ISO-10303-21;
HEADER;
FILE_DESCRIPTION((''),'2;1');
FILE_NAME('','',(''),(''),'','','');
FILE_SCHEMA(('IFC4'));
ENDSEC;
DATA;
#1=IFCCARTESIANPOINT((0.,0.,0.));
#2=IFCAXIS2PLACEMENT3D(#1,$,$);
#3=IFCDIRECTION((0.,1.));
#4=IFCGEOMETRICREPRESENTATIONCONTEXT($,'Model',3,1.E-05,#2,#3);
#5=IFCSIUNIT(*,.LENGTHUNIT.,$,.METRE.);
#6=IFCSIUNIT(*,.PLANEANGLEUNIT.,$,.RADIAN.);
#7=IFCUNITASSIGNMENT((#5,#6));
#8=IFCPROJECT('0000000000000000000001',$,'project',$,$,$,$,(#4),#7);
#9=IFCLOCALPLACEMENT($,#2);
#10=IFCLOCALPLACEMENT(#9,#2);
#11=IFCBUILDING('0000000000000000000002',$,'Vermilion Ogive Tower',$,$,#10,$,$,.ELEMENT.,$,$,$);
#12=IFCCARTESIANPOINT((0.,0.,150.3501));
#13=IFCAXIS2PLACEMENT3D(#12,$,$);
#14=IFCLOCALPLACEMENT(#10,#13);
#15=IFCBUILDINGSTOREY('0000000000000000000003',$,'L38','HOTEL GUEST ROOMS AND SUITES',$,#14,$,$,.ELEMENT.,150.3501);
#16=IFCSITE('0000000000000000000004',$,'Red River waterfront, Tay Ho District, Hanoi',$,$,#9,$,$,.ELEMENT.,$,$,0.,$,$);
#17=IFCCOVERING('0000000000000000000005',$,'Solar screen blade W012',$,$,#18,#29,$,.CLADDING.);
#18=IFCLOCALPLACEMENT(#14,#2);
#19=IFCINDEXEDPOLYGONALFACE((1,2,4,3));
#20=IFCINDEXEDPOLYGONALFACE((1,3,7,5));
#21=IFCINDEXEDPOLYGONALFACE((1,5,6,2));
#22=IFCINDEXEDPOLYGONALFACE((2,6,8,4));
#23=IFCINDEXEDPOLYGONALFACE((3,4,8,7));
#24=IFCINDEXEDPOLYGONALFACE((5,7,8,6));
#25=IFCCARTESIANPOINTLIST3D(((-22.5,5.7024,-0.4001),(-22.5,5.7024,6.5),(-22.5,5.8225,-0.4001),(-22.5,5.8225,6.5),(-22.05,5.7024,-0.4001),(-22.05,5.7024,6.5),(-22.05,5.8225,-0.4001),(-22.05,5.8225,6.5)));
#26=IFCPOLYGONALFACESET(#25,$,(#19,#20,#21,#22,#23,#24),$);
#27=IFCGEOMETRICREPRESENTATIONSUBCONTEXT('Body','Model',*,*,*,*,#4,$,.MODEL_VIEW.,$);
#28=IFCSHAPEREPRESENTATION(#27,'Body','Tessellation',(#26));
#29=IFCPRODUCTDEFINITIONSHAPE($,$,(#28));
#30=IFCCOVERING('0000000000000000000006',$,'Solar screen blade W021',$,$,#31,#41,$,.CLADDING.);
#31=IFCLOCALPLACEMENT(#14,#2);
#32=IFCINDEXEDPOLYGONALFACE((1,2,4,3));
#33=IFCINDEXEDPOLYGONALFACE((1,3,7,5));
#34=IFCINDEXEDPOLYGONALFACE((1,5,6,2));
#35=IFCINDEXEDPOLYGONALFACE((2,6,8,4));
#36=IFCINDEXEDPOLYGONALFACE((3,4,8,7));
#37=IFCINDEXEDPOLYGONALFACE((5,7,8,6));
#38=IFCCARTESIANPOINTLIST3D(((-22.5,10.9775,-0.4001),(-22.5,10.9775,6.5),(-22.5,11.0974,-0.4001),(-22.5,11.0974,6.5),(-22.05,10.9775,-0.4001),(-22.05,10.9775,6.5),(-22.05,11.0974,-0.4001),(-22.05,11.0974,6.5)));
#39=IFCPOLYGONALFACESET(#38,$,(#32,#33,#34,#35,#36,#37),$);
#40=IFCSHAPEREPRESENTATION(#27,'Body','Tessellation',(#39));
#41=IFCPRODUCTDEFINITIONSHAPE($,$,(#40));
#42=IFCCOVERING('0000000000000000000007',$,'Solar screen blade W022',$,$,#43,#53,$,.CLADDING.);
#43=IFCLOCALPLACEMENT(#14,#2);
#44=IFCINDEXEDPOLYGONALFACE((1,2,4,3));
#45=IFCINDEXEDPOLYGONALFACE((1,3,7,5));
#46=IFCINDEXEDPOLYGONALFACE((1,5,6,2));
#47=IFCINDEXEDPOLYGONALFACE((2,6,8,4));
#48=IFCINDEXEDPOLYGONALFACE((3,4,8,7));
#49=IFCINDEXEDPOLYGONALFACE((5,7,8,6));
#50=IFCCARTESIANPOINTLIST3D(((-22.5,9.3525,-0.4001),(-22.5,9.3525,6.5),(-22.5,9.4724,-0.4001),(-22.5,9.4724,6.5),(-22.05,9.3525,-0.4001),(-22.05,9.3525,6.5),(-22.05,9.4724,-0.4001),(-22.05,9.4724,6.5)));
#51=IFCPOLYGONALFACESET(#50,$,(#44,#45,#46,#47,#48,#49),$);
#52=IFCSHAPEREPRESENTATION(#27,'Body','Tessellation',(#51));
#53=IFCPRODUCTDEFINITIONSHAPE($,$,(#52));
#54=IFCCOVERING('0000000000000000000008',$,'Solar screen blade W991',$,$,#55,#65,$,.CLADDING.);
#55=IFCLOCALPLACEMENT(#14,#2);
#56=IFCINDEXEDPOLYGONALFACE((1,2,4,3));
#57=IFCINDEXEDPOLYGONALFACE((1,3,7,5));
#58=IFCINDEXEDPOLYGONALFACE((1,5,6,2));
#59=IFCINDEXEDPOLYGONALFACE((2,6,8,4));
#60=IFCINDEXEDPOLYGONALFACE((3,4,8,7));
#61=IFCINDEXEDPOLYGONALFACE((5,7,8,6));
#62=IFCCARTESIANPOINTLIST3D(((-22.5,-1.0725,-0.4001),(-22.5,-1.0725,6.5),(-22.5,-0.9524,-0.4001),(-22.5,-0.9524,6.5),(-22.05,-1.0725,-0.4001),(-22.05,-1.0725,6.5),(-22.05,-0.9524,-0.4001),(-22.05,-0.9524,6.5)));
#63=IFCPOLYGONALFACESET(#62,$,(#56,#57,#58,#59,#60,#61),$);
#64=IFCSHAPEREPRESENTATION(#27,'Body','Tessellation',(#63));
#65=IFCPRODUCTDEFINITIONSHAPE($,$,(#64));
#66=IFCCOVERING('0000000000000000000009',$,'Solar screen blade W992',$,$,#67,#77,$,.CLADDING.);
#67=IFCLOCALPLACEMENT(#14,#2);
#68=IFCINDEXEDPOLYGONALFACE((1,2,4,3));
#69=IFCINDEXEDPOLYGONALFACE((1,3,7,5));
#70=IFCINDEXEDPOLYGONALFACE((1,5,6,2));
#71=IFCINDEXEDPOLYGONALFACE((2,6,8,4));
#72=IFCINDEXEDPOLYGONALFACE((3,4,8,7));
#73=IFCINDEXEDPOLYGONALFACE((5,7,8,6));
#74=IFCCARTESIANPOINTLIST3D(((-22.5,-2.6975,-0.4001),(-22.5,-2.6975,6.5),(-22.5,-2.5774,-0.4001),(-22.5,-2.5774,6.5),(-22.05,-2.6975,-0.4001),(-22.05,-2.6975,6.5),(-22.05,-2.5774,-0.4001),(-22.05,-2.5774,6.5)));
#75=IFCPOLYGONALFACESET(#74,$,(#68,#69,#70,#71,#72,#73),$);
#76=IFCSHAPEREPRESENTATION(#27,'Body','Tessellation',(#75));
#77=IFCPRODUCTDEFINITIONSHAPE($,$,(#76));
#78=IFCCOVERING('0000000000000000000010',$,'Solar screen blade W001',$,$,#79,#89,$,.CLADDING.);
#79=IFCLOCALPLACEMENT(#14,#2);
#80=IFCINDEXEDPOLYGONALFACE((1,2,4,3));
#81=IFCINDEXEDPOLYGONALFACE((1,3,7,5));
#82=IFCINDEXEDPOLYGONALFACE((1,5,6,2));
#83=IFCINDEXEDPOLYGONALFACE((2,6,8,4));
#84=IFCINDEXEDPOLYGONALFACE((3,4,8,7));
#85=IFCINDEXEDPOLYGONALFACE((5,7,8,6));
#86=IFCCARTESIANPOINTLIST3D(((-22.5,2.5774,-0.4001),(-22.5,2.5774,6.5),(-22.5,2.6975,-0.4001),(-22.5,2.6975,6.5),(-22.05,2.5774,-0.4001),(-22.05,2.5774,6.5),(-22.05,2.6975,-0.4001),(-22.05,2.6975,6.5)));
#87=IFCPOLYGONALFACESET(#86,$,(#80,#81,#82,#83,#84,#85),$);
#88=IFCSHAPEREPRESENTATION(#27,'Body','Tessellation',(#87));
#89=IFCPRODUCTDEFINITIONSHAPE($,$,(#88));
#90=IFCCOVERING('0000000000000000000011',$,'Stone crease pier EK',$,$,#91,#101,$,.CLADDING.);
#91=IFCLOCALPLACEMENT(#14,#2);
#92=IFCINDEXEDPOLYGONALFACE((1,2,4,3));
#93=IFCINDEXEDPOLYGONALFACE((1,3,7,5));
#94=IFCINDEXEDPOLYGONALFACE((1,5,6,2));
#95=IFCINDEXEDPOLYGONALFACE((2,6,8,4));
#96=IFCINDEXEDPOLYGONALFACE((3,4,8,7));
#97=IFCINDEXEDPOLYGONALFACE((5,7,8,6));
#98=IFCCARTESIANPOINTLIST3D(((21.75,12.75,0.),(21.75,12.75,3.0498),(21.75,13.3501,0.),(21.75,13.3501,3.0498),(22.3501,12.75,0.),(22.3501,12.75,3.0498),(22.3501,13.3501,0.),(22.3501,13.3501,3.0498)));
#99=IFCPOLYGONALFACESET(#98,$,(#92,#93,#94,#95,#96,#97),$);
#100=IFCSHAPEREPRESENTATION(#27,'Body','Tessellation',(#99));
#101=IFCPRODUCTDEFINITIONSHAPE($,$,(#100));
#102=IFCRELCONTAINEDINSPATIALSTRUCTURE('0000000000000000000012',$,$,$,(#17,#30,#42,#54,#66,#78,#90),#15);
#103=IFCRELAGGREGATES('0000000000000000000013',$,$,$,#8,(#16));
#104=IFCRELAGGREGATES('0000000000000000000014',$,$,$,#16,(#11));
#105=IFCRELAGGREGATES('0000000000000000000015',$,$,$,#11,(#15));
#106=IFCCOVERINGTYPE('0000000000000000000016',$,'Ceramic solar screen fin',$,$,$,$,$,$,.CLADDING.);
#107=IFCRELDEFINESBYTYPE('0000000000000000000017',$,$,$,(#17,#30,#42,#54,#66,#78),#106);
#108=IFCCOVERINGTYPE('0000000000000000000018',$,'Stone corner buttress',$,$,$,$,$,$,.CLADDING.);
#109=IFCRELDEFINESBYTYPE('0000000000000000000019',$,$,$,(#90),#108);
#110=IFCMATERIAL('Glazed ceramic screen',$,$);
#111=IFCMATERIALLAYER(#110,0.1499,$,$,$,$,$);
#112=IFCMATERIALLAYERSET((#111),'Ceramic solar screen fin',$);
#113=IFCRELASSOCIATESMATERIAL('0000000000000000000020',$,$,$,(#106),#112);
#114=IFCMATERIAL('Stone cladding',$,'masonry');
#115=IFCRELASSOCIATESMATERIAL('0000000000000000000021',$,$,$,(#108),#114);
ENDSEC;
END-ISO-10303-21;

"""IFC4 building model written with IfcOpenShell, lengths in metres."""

from ifc_helpers import new_model, si_unit, direction, frame, origin, place, context, subcontext, project, spatial, polyline, outline, extrude, material, layer, layer_set, type_object, element, save


model = new_model("IFC4")

# Units and contexts
model_context = context("Model", 3, precision=1e-05, world=origin(), true_north=direction((0.0, 1.0)))
body_context = subcontext(model_context, "Body", "Model", "MODEL_VIEW")
ifc_project = project(units=[si_unit("LENGTHUNIT", "METRE"), si_unit("PLANEANGLEUNIT", "RADIAN")], contexts=[model_context])

# Site, building, storey
site_placement = place(None, origin())
site = spatial("IfcSite", under=ifc_project, at=site_placement, Name="Red River waterfront, Tay Ho District, Hanoi", CompositionType="ELEMENT", RefElevation=0.0)
building_placement = place(site_placement, origin())
building = spatial("IfcBuilding", under=site, at=building_placement, Name="Vermilion Ogive Tower", CompositionType="ELEMENT")
storey_placement = place(building_placement, frame((0.0, 0.0, 150.3501)))
storey = spatial("IfcBuildingStorey", under=building, at=storey_placement, Name="L38", Description="HOTEL GUEST ROOMS AND SUITES", CompositionType="ELEMENT", Elevation=150.3501)

# Coverings
ifc_material_1 = material(Name="Glazed ceramic screen")
ifc_layer_1 = layer(ifc_material_1, 0.1499)
ifc_layer_set_1 = layer_set([ifc_layer_1], Name="Ceramic solar screen fin")
covering_type_1 = type_object("IfcCoveringType", Name="Ceramic solar screen fin", PredefinedType="CLADDING", material=ifc_layer_set_1)
covering_1_placement = place(storey_placement, frame((0.0, 0.0, -0.4001)))
element("IfcCovering", 1, at=covering_1_placement, inside=storey, type_object=covering_type_1, Name="Solar screen blade W012", PredefinedType="CLADDING", context=body_context, shape_type="SweptSolid", body=[
    extrude(outline(polyline([(-22.5, 5.8225), (-22.5, 5.7024), (-22.05, 5.7024), (-22.05, 5.8225), (-22.5, 5.8225)])), origin(), (0.0, 0.0, 1.0), 6.9001),
])
covering_2_placement = place(storey_placement, frame((0.0, 0.0, -0.4001)))
element("IfcCovering", 2, at=covering_2_placement, inside=storey, type_object=covering_type_1, Name="Solar screen blade W021", PredefinedType="CLADDING", context=body_context, shape_type="SweptSolid", body=[
    extrude(outline(polyline([(-22.5, 11.0974), (-22.5, 10.9775), (-22.05, 10.9775), (-22.05, 11.0974), (-22.5, 11.0974)])), origin(), (0.0, 0.0, 1.0), 6.9001),
])
covering_3_placement = place(storey_placement, frame((0.0, 0.0, -0.4001)))
element("IfcCovering", 3, at=covering_3_placement, inside=storey, type_object=covering_type_1, Name="Solar screen blade W022", PredefinedType="CLADDING", context=body_context, shape_type="SweptSolid", body=[
    extrude(outline(polyline([(-22.5, 9.4724), (-22.5, 9.3525), (-22.05, 9.3525), (-22.05, 9.4724), (-22.5, 9.4724)])), origin(), (0.0, 0.0, 1.0), 6.9001),
])
covering_4_placement = place(storey_placement, frame((0.0, 0.0, -0.4001)))
element("IfcCovering", 4, at=covering_4_placement, inside=storey, type_object=covering_type_1, Name="Solar screen blade W991", PredefinedType="CLADDING", context=body_context, shape_type="SweptSolid", body=[
    extrude(outline(polyline([(-22.5, -0.9524), (-22.5, -1.0725), (-22.05, -1.0725), (-22.05, -0.9524), (-22.5, -0.9524)])), origin(), (0.0, 0.0, 1.0), 6.9001),
])
covering_5_placement = place(storey_placement, frame((0.0, 0.0, -0.4001)))
element("IfcCovering", 5, at=covering_5_placement, inside=storey, type_object=covering_type_1, Name="Solar screen blade W992", PredefinedType="CLADDING", context=body_context, shape_type="SweptSolid", body=[
    extrude(outline(polyline([(-22.5, -2.5774), (-22.5, -2.6975), (-22.05, -2.6975), (-22.05, -2.5774), (-22.5, -2.5774)])), origin(), (0.0, 0.0, 1.0), 6.9001),
])
covering_6_placement = place(storey_placement, frame((0.0, 0.0, -0.4001)))
element("IfcCovering", 6, at=covering_6_placement, inside=storey, type_object=covering_type_1, Name="Solar screen blade W001", PredefinedType="CLADDING", context=body_context, shape_type="SweptSolid", body=[
    extrude(outline(polyline([(-22.5, 2.6975), (-22.5, 2.5774), (-22.05, 2.5774), (-22.05, 2.6975), (-22.5, 2.6975)])), origin(), (0.0, 0.0, 1.0), 6.9001),
])
ifc_material_2 = material(Name="Stone cladding", Category="masonry")
covering_type_2 = type_object("IfcCoveringType", Name="Stone corner buttress", PredefinedType="CLADDING", material=ifc_material_2)
covering_7_placement = place(storey_placement, origin())
element("IfcCovering", 7, at=covering_7_placement, inside=storey, type_object=covering_type_2, Name="Stone crease pier EK", PredefinedType="CLADDING", context=body_context, shape_type="SweptSolid", body=[
    extrude(outline(polyline([(22.3501, 12.75), (22.3501, 13.3501), (21.75, 13.3501), (21.75, 12.75), (22.3501, 12.75)])), origin(), (0.0, 0.0, 1.0), 3.0498),
])

save(model, "model.ifc")
